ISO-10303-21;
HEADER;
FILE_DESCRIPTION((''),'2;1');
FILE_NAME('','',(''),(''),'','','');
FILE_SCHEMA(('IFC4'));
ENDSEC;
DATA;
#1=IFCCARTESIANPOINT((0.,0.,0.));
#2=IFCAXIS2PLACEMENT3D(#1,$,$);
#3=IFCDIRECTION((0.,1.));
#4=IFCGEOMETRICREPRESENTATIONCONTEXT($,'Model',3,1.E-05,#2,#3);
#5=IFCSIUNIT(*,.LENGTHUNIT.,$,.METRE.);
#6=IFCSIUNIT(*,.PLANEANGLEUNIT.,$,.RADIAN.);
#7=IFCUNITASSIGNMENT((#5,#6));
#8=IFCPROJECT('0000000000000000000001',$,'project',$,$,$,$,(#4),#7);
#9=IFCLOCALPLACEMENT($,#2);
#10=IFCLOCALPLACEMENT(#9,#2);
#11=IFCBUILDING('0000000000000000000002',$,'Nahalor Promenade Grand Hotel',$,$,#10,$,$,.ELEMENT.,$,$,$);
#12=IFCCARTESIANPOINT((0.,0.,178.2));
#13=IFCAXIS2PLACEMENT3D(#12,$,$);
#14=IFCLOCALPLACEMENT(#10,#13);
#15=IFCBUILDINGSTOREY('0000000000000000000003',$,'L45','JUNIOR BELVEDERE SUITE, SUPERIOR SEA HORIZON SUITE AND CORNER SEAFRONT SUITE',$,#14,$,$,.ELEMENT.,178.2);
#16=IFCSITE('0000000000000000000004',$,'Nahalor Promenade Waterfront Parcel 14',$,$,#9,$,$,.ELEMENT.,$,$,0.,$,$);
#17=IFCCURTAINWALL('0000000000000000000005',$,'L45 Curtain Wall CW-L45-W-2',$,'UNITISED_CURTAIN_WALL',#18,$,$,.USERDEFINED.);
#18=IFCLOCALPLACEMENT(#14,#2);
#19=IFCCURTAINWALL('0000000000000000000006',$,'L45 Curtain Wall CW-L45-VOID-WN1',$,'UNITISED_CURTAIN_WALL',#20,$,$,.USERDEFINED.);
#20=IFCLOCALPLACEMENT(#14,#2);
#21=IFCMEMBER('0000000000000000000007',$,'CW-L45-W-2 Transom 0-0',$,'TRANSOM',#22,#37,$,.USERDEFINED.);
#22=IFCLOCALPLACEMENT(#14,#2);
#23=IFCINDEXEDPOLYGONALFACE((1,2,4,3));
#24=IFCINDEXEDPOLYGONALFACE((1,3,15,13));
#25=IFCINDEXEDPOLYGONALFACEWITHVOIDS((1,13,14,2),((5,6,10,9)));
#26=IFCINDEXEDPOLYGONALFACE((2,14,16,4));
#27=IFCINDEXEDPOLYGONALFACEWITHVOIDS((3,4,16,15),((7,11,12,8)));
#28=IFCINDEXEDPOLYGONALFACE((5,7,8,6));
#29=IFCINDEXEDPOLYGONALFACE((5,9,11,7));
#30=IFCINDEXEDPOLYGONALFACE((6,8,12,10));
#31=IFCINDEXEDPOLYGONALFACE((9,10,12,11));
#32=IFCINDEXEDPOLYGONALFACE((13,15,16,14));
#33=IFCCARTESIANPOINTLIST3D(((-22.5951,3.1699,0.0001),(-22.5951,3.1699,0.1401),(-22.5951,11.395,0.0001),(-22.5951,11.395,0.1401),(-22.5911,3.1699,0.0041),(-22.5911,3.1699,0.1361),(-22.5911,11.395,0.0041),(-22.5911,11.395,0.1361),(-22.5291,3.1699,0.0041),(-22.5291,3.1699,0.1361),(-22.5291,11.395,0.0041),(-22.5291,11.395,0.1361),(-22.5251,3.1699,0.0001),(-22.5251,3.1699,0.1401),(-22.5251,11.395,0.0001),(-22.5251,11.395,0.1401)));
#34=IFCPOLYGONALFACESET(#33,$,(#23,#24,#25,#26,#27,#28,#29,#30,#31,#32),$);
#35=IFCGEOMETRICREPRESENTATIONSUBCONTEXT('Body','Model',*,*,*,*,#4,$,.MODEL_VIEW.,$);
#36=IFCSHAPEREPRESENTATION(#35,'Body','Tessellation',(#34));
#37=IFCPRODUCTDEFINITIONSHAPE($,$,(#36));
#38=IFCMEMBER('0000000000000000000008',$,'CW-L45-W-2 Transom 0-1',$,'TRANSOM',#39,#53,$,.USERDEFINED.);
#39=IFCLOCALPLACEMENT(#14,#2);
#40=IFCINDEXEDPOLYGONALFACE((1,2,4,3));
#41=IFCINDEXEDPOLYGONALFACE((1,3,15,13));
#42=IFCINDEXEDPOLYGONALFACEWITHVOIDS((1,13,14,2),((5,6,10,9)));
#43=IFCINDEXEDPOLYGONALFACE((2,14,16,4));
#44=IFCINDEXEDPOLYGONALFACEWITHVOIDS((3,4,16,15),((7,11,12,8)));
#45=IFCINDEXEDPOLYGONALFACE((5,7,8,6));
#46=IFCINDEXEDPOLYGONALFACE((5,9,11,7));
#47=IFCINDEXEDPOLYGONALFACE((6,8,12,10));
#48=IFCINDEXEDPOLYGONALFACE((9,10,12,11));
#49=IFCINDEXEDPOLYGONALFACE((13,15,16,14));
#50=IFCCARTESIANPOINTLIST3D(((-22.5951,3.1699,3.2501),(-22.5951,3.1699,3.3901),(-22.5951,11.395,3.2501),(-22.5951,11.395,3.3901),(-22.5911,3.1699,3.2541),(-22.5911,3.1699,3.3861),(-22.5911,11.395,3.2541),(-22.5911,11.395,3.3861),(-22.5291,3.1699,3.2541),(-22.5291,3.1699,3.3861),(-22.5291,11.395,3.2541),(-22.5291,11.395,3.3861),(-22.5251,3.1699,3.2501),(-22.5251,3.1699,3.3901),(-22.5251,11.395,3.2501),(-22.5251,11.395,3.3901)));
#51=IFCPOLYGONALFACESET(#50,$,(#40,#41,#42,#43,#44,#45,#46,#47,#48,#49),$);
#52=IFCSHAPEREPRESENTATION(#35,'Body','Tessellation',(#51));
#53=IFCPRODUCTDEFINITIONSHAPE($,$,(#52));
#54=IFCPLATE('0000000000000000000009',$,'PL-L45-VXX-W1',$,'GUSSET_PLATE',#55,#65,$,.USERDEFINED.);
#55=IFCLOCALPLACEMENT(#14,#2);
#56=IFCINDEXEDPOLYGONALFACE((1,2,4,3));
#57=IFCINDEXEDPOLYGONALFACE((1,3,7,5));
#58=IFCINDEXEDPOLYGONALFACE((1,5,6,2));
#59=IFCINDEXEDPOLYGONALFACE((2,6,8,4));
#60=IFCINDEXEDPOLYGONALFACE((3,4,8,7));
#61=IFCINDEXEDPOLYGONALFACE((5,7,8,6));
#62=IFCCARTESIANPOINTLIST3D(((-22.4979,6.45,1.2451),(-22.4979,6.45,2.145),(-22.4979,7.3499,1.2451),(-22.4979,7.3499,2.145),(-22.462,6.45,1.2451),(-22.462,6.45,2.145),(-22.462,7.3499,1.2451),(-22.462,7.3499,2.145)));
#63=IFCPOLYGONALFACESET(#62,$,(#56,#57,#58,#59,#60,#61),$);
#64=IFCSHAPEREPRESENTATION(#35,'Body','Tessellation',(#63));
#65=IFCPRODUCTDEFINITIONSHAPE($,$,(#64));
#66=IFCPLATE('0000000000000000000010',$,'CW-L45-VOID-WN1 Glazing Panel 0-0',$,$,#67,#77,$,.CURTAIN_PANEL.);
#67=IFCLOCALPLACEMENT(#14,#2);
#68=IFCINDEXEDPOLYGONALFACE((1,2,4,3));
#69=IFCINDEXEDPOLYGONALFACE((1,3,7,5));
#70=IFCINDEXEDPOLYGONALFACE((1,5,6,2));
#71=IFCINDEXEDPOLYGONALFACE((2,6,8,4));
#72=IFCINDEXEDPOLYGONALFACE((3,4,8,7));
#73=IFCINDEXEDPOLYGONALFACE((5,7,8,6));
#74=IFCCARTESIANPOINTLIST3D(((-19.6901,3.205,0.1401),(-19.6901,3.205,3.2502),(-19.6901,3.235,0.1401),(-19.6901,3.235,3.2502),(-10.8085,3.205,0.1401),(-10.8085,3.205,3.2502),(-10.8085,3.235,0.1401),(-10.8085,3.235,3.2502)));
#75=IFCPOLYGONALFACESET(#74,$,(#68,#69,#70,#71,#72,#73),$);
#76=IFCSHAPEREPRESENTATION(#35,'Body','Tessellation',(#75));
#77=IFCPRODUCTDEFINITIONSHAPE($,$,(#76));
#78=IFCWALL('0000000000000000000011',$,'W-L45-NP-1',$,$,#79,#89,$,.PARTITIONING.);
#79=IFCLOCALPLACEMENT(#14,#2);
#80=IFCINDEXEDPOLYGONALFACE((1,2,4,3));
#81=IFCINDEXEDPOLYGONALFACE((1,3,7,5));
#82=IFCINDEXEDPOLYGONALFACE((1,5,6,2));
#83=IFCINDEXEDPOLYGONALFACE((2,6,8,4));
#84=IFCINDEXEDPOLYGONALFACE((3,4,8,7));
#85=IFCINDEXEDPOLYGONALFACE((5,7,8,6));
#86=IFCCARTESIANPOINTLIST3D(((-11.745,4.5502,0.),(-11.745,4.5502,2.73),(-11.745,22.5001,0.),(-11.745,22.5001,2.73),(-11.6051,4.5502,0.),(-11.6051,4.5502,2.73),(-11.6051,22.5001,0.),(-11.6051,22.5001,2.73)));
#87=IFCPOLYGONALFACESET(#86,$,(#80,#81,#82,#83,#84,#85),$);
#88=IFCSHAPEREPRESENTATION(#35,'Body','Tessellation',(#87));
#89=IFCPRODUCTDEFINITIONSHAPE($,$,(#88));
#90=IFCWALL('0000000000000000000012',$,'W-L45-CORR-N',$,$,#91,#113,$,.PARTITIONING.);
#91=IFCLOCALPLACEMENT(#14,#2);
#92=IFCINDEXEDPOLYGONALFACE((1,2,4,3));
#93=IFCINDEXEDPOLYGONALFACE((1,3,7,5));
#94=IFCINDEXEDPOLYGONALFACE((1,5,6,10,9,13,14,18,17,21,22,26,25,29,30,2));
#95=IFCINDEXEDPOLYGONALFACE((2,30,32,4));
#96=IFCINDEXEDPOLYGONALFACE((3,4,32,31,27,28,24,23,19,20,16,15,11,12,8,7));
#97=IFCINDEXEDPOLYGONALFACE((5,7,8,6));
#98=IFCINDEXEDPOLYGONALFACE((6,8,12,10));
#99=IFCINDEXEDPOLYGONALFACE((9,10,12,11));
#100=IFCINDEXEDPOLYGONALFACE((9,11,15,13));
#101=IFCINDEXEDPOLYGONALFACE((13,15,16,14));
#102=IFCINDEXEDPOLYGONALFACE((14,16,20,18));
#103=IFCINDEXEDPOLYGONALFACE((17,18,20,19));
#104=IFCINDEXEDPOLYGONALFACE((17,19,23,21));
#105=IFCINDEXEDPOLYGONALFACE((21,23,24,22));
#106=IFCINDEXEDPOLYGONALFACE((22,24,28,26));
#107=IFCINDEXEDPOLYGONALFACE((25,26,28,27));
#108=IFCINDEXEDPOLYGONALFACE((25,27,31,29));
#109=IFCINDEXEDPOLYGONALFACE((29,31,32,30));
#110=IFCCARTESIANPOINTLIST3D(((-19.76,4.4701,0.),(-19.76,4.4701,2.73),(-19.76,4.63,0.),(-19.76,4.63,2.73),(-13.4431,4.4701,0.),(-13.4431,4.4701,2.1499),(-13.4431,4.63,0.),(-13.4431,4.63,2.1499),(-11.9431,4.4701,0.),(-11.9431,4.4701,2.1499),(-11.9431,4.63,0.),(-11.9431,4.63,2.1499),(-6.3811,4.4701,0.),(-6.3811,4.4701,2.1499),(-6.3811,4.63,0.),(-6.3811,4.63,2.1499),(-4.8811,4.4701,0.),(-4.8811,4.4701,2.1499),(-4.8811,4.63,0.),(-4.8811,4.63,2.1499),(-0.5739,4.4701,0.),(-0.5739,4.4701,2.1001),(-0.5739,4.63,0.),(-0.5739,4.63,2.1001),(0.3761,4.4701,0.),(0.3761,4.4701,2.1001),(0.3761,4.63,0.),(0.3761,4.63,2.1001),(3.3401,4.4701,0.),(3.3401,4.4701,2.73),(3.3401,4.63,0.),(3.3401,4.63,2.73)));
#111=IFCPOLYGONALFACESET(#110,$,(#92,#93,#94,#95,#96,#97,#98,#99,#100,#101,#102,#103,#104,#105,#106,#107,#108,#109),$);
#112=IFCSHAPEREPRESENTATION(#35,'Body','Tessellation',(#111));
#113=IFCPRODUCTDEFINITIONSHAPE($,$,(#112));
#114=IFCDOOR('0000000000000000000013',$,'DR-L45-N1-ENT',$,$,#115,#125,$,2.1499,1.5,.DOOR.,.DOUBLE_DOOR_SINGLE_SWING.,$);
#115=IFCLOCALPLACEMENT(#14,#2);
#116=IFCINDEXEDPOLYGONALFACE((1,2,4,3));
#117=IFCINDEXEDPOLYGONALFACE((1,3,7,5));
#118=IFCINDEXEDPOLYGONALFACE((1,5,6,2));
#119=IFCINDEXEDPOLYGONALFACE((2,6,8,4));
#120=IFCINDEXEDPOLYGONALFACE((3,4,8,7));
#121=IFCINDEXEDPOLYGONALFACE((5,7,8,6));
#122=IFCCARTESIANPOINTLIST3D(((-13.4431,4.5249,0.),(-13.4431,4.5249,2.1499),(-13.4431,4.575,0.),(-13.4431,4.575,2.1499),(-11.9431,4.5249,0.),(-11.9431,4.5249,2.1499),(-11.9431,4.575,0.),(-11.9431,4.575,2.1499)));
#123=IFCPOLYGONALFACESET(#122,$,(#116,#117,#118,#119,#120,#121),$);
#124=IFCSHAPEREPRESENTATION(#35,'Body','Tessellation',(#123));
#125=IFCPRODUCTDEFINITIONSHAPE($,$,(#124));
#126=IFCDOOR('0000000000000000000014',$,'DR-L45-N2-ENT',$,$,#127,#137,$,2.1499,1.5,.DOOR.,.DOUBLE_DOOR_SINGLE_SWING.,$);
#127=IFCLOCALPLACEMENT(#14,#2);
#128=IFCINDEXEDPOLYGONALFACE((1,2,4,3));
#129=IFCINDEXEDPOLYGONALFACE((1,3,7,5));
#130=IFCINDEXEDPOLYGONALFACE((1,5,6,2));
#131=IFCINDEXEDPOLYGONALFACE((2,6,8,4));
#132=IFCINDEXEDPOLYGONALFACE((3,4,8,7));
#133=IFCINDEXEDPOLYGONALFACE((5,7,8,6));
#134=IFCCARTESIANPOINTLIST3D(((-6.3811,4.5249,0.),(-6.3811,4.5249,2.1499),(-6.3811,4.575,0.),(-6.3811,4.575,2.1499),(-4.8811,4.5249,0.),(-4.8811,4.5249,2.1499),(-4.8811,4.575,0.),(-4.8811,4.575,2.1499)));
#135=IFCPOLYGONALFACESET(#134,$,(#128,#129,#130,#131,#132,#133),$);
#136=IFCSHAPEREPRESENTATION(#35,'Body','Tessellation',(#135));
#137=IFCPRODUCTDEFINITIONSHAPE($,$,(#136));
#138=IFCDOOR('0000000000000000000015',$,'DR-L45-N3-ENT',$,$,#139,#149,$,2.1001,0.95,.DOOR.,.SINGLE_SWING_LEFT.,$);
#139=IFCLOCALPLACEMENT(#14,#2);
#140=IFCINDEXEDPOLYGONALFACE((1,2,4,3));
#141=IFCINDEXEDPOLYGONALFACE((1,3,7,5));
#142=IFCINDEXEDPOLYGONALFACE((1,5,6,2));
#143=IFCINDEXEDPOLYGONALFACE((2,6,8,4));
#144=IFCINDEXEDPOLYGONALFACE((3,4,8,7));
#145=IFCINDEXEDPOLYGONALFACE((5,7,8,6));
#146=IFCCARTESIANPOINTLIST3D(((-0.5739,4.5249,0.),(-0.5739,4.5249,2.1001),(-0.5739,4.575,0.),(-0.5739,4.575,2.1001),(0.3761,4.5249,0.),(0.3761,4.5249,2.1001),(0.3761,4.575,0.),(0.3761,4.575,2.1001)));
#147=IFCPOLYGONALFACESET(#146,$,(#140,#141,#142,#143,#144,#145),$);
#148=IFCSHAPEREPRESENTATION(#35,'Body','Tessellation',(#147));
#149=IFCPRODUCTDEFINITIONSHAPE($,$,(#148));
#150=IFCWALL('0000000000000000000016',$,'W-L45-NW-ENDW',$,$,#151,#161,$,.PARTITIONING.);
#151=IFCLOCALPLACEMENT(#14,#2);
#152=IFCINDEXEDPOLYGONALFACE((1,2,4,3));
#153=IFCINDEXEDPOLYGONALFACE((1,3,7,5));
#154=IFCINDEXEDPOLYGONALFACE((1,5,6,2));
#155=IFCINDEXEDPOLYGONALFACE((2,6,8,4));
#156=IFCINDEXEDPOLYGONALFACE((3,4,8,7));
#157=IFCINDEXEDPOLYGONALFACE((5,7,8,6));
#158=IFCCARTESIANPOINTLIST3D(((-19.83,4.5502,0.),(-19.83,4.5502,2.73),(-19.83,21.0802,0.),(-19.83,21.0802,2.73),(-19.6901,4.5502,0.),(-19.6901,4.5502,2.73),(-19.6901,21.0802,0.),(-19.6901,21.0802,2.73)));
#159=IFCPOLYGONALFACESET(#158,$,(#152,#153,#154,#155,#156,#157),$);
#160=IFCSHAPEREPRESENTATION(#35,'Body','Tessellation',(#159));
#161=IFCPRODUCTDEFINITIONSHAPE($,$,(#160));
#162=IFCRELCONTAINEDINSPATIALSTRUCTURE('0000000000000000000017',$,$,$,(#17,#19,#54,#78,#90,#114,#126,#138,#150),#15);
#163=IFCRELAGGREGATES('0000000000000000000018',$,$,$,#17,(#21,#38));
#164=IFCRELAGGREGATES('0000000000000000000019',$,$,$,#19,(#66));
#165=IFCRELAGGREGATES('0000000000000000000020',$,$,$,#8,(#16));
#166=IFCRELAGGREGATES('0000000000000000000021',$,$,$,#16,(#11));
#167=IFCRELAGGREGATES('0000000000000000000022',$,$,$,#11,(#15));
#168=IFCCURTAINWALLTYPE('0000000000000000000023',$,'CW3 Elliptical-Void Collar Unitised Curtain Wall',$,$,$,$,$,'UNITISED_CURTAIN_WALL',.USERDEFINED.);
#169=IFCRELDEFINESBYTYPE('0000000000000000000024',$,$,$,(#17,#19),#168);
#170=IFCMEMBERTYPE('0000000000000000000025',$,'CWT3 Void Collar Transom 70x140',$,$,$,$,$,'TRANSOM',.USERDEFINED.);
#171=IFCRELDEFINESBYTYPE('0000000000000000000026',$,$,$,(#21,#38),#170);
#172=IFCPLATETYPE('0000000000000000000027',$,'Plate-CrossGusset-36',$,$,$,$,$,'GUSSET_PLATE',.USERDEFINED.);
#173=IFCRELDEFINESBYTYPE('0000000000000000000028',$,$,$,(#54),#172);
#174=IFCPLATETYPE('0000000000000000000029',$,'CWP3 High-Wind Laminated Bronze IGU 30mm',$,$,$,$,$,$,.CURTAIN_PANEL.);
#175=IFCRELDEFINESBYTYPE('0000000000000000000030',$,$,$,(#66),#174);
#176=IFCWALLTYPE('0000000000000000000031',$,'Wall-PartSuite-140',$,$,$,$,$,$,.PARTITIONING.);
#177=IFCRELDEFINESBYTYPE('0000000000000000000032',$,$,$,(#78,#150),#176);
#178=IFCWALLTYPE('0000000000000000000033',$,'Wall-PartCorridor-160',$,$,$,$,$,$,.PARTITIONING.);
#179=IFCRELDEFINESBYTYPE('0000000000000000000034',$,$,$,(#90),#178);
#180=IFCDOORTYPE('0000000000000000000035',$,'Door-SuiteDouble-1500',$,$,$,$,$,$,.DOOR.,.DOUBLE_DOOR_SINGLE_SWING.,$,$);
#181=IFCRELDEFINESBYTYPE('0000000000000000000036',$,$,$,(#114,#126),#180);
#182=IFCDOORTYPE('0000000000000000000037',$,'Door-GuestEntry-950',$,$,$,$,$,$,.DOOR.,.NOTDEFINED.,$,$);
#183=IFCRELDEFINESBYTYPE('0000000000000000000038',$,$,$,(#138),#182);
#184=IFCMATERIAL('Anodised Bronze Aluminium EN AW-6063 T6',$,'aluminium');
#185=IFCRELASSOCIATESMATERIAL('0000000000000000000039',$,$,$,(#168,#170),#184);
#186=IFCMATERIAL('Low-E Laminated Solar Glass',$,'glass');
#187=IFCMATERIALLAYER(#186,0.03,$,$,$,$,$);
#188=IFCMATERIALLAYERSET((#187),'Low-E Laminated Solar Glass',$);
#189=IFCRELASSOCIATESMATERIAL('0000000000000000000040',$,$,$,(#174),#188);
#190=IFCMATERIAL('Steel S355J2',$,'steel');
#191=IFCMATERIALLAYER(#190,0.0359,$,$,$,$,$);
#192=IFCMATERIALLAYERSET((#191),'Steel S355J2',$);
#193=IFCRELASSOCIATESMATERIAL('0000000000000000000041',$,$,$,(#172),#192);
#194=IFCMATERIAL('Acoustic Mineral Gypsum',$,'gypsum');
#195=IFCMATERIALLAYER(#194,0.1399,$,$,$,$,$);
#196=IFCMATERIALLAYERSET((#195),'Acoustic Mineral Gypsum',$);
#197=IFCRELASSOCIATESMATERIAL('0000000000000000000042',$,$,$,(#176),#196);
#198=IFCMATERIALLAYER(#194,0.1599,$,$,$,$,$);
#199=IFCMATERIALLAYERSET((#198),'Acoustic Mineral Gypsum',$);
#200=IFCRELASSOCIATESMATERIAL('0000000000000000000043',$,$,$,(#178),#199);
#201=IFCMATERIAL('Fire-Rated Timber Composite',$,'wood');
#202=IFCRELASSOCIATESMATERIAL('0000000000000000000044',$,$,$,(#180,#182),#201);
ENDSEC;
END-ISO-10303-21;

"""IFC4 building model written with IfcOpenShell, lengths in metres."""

from ifc_helpers import new_model, si_unit, direction, frame, frame_2d, origin, origin_2d, place, context, subcontext, project, spatial, rectangle, hollow_rectangle, extrude, source, transform, mapped, material, layer, layer_set, material_profile, profile_set, type_object, element, fill, aggregate, save


model = new_model("IFC4")

# Units and contexts
model_context = context("Model", 3, precision=1e-05, world=origin(), true_north=direction((0.0, 1.0)))
body_context = subcontext(model_context, "Body", "Model", "MODEL_VIEW")
ifc_project = project(units=[si_unit("LENGTHUNIT", "METRE"), si_unit("PLANEANGLEUNIT", "RADIAN")], contexts=[model_context])

# Site, building, storey
site_placement = place(None, origin())
site = spatial("IfcSite", under=ifc_project, at=site_placement, Name="Nahalor Promenade Waterfront Parcel 14", CompositionType="ELEMENT", RefElevation=0.0)
building_placement = place(site_placement, origin())
building = spatial("IfcBuilding", under=site, at=building_placement, Name="Nahalor Promenade Grand Hotel", CompositionType="ELEMENT")
storey_placement = place(building_placement, frame((0.0, 0.0, 178.2)))
storey = spatial("IfcBuildingStorey", under=building, at=storey_placement, Name="L45", Description="JUNIOR BELVEDERE SUITE, SUPERIOR SEA HORIZON SUITE AND CORNER SEAFRONT SUITE", CompositionType="ELEMENT", Elevation=178.2)

# Shared definitions
ifc_material_1 = material(Name="Steel S355J2", Category="steel")

# Curtain wall
ifc_material_2 = material(Name="Anodised Bronze Aluminium EN AW-6063 T6", Category="aluminium")
curtain_wall_type = type_object("IfcCurtainWallType", Name="CW3 Elliptical-Void Collar Unitised Curtain Wall", ElementType="UNITISED_CURTAIN_WALL", PredefinedType="USERDEFINED", material=ifc_material_2)
curtain_wall_1_placement = place(storey_placement, origin())
curtain_wall_1 = element("IfcCurtainWall", 1, at=curtain_wall_1_placement, inside=storey, type_object=curtain_wall_type, Name="L45 Curtain Wall CW-L45-W-2", ObjectType="UNITISED_CURTAIN_WALL", PredefinedType="USERDEFINED")

# Curtain wall
curtain_wall_2_placement = place(storey_placement, origin())
curtain_wall_2 = element("IfcCurtainWall", 2, at=curtain_wall_2_placement, inside=storey, type_object=curtain_wall_type, Name="L45 Curtain Wall CW-L45-VOID-WN1", ObjectType="UNITISED_CURTAIN_WALL", PredefinedType="USERDEFINED")
ifc_material_profile_1 = material_profile(ifc_material_2, hollow_rectangle(XDim=0.07, YDim=0.14, WallThickness=0.004, at=origin_2d()), Name="CWT 70x140x4")
ifc_profile_set_1 = profile_set([ifc_material_profile_1], Name="Anodised Bronze Aluminium EN AW-6063 T6")
member_type_1 = type_object("IfcMemberType", Name="CWT3 Void Collar Transom 70x140", ElementType="TRANSOM", PredefinedType="USERDEFINED", material=ifc_profile_set_1)

# Members
shared_shape_1 = source(origin(), body_context, "Body", "SweptSolid", [
    extrude(hollow_rectangle(XDim=0.07, YDim=0.14, WallThickness=0.004, at=origin_2d()), origin(), (0.0, 0.0, 1.0), 8.2251),
])
member_1_placement = place(storey_placement, frame((-22.5601, 3.1699, 0.0701), z_axis=(0.0, 1.0, 0.0), x_axis=(-1.0, 0.0, 0.0)))
member_1 = element("IfcMember", 3, at=member_1_placement, type_object=member_type_1, Name="CW-L45-W-2 Transom 0-0", ObjectType="TRANSOM", PredefinedType="USERDEFINED", context=body_context, shape_type="MappedRepresentation", body=[
    mapped(shared_shape_1, transform((0.0, 0.0, 0.0), scale=1.0)),
])
member_2_placement = place(storey_placement, frame((-22.5601, 3.1699, 3.3201), z_axis=(0.0, 1.0, 0.0), x_axis=(-1.0, 0.0, 0.0)))
member_2 = element("IfcMember", 4, at=member_2_placement, type_object=member_type_1, Name="CW-L45-W-2 Transom 0-1", ObjectType="TRANSOM", PredefinedType="USERDEFINED", context=body_context, shape_type="MappedRepresentation", body=[
    mapped(shared_shape_1, transform((0.0, 0.0, 0.0), scale=1.0)),
])

# Plates
ifc_material_3 = material(Name="Low-E Laminated Solar Glass", Category="glass")
ifc_layer_1 = layer(ifc_material_3, 0.03)
ifc_layer_set_1 = layer_set([ifc_layer_1], Name="Low-E Laminated Solar Glass")
plate_type_1 = type_object("IfcPlateType", Name="CWP3 High-Wind Laminated Bronze IGU 30mm", PredefinedType="CURTAIN_PANEL", material=ifc_layer_set_1)
aggregate(curtain_wall_1, [member_1, member_2])
ifc_layer_2 = layer(ifc_material_1, 0.0359)
ifc_layer_set_2 = layer_set([ifc_layer_2], Name="Steel S355J2")
plate_type_2 = type_object("IfcPlateType", Name="Plate-CrossGusset-36", ElementType="GUSSET_PLATE", PredefinedType="USERDEFINED", material=ifc_layer_set_2)
shared_shape_2 = source(origin(), body_context, "Body", "SweptSolid", [
    extrude(rectangle(XDim=0.8999, YDim=0.0359, at=origin_2d()), origin(), (0.0, 0.0, 1.0), 0.8999),
])
plate_1_placement = place(storey_placement, frame((-22.48, 6.8999, 1.2451), z_axis=(0.0, 0.0, 1.0), x_axis=(0.0, 1.0, 0.0)))
element("IfcPlate", 5, at=plate_1_placement, inside=storey, type_object=plate_type_2, Name="PL-L45-VXX-W1", ObjectType="GUSSET_PLATE", PredefinedType="USERDEFINED", context=body_context, shape_type="MappedRepresentation", body=[
    mapped(shared_shape_2, transform((0.0, 0.0, 0.0), scale=1.0)),
])
shared_shape_3 = source(origin(), body_context, "Body", "SweptSolid", [
    extrude(rectangle(XDim=8.8816, YDim=0.03, at=origin_2d()), origin(), (0.0, 0.0, 1.0), 3.1101),
])
plate_2_placement = place(storey_placement, frame((-15.2493, 3.22, 0.1401), z_axis=(0.0, 0.0, 1.0), x_axis=(1.0, 0.0, 0.0)))
plate_2 = element("IfcPlate", 6, at=plate_2_placement, type_object=plate_type_1, Name="CW-L45-VOID-WN1 Glazing Panel 0-0", PredefinedType="CURTAIN_PANEL", context=body_context, shape_type="MappedRepresentation", body=[
    mapped(shared_shape_3, transform((0.0, 0.0, 0.0), scale=1.0)),
])
aggregate(curtain_wall_2, [plate_2])

# Wall
ifc_material_4 = material(Name="Acoustic Mineral Gypsum", Category="gypsum")
ifc_layer_3 = layer(ifc_material_4, 0.1399)
ifc_layer_set_3 = layer_set([ifc_layer_3], Name="Acoustic Mineral Gypsum")
wall_type_1 = type_object("IfcWallType", Name="Wall-PartSuite-140", PredefinedType="PARTITIONING", material=ifc_layer_set_3)
shared_shape_4 = source(origin(), body_context, "Body", "SweptSolid", [
    extrude(rectangle(XDim=17.95, YDim=0.1399, at=frame_2d((8.9751, 0.0))), origin(), (0.0, 0.0, 1.0), 2.73),
])
wall_1_placement = place(storey_placement, frame((-11.675, 4.55, 0.0), z_axis=(0.0, 0.0, 1.0), x_axis=(0.0, 1.0, 0.0)))
element("IfcWall", 7, at=wall_1_placement, inside=storey, type_object=wall_type_1, Name="W-L45-NP-1", PredefinedType="PARTITIONING", context=body_context, shape_type="MappedRepresentation", body=[
    mapped(shared_shape_4, transform((0.0, 0.0, 0.0), scale=1.0)),
])

# Wall, openings, doors
ifc_layer_4 = layer(ifc_material_4, 0.1599)
ifc_layer_set_4 = layer_set([ifc_layer_4], Name="Acoustic Mineral Gypsum")
wall_type_2 = type_object("IfcWallType", Name="Wall-PartCorridor-160", PredefinedType="PARTITIONING", material=ifc_layer_set_4)
shared_shape_5 = source(origin(), body_context, "Body", "SweptSolid", [
    extrude(rectangle(XDim=23.1001, YDim=0.1599, at=frame_2d((11.55, 0.0))), origin(), (0.0, 0.0, 1.0), 2.73),
])
wall_2_placement = place(storey_placement, frame((-19.76, 4.55, 0.0), z_axis=(0.0, 0.0, 1.0), x_axis=(1.0, 0.0, 0.0)))
wall_2 = element("IfcWall", 8, at=wall_2_placement, inside=storey, type_object=wall_type_2, Name="W-L45-CORR-N", PredefinedType="PARTITIONING", context=body_context, shape_type="MappedRepresentation", body=[
    mapped(shared_shape_5, transform((0.0, 0.0, 0.0), scale=1.0)),
])
opening_1_placement = place(wall_2_placement, frame((6.3169, 0.0, 0.0)))
opening_1 = element("IfcOpeningElement", 9, at=opening_1_placement, cuts=wall_2, PredefinedType="OPENING", context=body_context, shape_type="SweptSolid", body=[
    extrude(rectangle(XDim=1.5, YDim=2.1499, at=frame_2d((0.75, 1.075))), frame((0.0, 0.0898, 0.0), z_axis=(0.0, -1.0, 0.0), x_axis=(1.0, 0.0, 0.0)), (0.0, 0.0, 1.0), 0.1799),
])
opening_2_placement = place(wall_2_placement, frame((13.3789, 0.0, 0.0)))
opening_2 = element("IfcOpeningElement", 10, at=opening_2_placement, cuts=wall_2, PredefinedType="OPENING", context=body_context, shape_type="SweptSolid", body=[
    extrude(rectangle(XDim=1.5, YDim=2.1499, at=frame_2d((0.75, 1.075))), frame((0.0, 0.0898, 0.0), z_axis=(0.0, -1.0, 0.0), x_axis=(1.0, 0.0, 0.0)), (0.0, 0.0, 1.0), 0.1799),
])
opening_3_placement = place(wall_2_placement, frame((19.186, 0.0, 0.0)))
opening_3 = element("IfcOpeningElement", 11, at=opening_3_placement, cuts=wall_2, PredefinedType="OPENING", context=body_context, shape_type="SweptSolid", body=[
    extrude(rectangle(XDim=0.95, YDim=2.1001, at=frame_2d((0.4751, 1.05))), frame((0.0, 0.0898, 0.0), z_axis=(0.0, -1.0, 0.0), x_axis=(1.0, 0.0, 0.0)), (0.0, 0.0, 1.0), 0.1799),
])
ifc_material_5 = material(Name="Fire-Rated Timber Composite", Category="wood")
door_type_1 = type_object("IfcDoorType", Name="Door-SuiteDouble-1500", OperationType="DOUBLE_DOOR_SINGLE_SWING", PredefinedType="DOOR", material=ifc_material_5)
shared_shape_6 = source(origin(), body_context, "Body", "SweptSolid", [
    extrude(rectangle(XDim=1.5, YDim=2.1499, at=frame_2d((0.75, 1.075))), frame((0.0, 0.0249, 0.0), z_axis=(0.0, -1.0, 0.0), x_axis=(1.0, 0.0, 0.0)), (0.0, 0.0, 1.0), 0.05),
])
door_1_placement = place(opening_1_placement, origin())
door_1 = element("IfcDoor", 12, at=door_1_placement, inside=storey, type_object=door_type_1, Name="DR-L45-N1-ENT", OperationType="DOUBLE_DOOR_SINGLE_SWING", OverallHeight=2.1499, OverallWidth=1.5, PredefinedType="DOOR", context=body_context, shape_type="MappedRepresentation", body=[
    mapped(shared_shape_6, transform((0.0, 0.0, 0.0), scale=1.0)),
])
fill(opening_1, door_1)
door_2_placement = place(opening_2_placement, origin())
door_2 = element("IfcDoor", 13, at=door_2_placement, inside=storey, type_object=door_type_1, Name="DR-L45-N2-ENT", OperationType="DOUBLE_DOOR_SINGLE_SWING", OverallHeight=2.1499, OverallWidth=1.5, PredefinedType="DOOR", context=body_context, shape_type="MappedRepresentation", body=[
    mapped(shared_shape_6, transform((0.0, 0.0, 0.0), scale=1.0)),
])
fill(opening_2, door_2)
door_type_2 = type_object("IfcDoorType", Name="Door-GuestEntry-950", OperationType="NOTDEFINED", PredefinedType="DOOR", material=ifc_material_5)
shared_shape_7 = source(origin(), body_context, "Body", "SweptSolid", [
    extrude(rectangle(XDim=0.95, YDim=2.1001, at=frame_2d((0.4751, 1.05))), frame((0.0, 0.0249, 0.0), z_axis=(0.0, -1.0, 0.0), x_axis=(1.0, 0.0, 0.0)), (0.0, 0.0, 1.0), 0.05),
])
door_3_placement = place(opening_3_placement, origin())
door_3 = element("IfcDoor", 14, at=door_3_placement, inside=storey, type_object=door_type_2, Name="DR-L45-N3-ENT", OperationType="SINGLE_SWING_LEFT", OverallHeight=2.1001, OverallWidth=0.95, PredefinedType="DOOR", context=body_context, shape_type="MappedRepresentation", body=[
    mapped(shared_shape_7, transform((0.0, 0.0, 0.0), scale=1.0)),
])
fill(opening_3, door_3)

# Wall
shared_shape_8 = source(origin(), body_context, "Body", "SweptSolid", [
    extrude(rectangle(XDim=16.53, YDim=0.1399, at=frame_2d((8.2651, 0.0))), origin(), (0.0, 0.0, 1.0), 2.73),
])
wall_3_placement = place(storey_placement, frame((-19.76, 4.55, 0.0), z_axis=(0.0, 0.0, 1.0), x_axis=(0.0, 1.0, 0.0)))
element("IfcWall", 15, at=wall_3_placement, inside=storey, type_object=wall_type_1, Name="W-L45-NW-ENDW", PredefinedType="PARTITIONING", context=body_context, shape_type="MappedRepresentation", body=[
    mapped(shared_shape_8, transform((0.0, 0.0, 0.0), scale=1.0)),
])

save(model, "model.ifc")
